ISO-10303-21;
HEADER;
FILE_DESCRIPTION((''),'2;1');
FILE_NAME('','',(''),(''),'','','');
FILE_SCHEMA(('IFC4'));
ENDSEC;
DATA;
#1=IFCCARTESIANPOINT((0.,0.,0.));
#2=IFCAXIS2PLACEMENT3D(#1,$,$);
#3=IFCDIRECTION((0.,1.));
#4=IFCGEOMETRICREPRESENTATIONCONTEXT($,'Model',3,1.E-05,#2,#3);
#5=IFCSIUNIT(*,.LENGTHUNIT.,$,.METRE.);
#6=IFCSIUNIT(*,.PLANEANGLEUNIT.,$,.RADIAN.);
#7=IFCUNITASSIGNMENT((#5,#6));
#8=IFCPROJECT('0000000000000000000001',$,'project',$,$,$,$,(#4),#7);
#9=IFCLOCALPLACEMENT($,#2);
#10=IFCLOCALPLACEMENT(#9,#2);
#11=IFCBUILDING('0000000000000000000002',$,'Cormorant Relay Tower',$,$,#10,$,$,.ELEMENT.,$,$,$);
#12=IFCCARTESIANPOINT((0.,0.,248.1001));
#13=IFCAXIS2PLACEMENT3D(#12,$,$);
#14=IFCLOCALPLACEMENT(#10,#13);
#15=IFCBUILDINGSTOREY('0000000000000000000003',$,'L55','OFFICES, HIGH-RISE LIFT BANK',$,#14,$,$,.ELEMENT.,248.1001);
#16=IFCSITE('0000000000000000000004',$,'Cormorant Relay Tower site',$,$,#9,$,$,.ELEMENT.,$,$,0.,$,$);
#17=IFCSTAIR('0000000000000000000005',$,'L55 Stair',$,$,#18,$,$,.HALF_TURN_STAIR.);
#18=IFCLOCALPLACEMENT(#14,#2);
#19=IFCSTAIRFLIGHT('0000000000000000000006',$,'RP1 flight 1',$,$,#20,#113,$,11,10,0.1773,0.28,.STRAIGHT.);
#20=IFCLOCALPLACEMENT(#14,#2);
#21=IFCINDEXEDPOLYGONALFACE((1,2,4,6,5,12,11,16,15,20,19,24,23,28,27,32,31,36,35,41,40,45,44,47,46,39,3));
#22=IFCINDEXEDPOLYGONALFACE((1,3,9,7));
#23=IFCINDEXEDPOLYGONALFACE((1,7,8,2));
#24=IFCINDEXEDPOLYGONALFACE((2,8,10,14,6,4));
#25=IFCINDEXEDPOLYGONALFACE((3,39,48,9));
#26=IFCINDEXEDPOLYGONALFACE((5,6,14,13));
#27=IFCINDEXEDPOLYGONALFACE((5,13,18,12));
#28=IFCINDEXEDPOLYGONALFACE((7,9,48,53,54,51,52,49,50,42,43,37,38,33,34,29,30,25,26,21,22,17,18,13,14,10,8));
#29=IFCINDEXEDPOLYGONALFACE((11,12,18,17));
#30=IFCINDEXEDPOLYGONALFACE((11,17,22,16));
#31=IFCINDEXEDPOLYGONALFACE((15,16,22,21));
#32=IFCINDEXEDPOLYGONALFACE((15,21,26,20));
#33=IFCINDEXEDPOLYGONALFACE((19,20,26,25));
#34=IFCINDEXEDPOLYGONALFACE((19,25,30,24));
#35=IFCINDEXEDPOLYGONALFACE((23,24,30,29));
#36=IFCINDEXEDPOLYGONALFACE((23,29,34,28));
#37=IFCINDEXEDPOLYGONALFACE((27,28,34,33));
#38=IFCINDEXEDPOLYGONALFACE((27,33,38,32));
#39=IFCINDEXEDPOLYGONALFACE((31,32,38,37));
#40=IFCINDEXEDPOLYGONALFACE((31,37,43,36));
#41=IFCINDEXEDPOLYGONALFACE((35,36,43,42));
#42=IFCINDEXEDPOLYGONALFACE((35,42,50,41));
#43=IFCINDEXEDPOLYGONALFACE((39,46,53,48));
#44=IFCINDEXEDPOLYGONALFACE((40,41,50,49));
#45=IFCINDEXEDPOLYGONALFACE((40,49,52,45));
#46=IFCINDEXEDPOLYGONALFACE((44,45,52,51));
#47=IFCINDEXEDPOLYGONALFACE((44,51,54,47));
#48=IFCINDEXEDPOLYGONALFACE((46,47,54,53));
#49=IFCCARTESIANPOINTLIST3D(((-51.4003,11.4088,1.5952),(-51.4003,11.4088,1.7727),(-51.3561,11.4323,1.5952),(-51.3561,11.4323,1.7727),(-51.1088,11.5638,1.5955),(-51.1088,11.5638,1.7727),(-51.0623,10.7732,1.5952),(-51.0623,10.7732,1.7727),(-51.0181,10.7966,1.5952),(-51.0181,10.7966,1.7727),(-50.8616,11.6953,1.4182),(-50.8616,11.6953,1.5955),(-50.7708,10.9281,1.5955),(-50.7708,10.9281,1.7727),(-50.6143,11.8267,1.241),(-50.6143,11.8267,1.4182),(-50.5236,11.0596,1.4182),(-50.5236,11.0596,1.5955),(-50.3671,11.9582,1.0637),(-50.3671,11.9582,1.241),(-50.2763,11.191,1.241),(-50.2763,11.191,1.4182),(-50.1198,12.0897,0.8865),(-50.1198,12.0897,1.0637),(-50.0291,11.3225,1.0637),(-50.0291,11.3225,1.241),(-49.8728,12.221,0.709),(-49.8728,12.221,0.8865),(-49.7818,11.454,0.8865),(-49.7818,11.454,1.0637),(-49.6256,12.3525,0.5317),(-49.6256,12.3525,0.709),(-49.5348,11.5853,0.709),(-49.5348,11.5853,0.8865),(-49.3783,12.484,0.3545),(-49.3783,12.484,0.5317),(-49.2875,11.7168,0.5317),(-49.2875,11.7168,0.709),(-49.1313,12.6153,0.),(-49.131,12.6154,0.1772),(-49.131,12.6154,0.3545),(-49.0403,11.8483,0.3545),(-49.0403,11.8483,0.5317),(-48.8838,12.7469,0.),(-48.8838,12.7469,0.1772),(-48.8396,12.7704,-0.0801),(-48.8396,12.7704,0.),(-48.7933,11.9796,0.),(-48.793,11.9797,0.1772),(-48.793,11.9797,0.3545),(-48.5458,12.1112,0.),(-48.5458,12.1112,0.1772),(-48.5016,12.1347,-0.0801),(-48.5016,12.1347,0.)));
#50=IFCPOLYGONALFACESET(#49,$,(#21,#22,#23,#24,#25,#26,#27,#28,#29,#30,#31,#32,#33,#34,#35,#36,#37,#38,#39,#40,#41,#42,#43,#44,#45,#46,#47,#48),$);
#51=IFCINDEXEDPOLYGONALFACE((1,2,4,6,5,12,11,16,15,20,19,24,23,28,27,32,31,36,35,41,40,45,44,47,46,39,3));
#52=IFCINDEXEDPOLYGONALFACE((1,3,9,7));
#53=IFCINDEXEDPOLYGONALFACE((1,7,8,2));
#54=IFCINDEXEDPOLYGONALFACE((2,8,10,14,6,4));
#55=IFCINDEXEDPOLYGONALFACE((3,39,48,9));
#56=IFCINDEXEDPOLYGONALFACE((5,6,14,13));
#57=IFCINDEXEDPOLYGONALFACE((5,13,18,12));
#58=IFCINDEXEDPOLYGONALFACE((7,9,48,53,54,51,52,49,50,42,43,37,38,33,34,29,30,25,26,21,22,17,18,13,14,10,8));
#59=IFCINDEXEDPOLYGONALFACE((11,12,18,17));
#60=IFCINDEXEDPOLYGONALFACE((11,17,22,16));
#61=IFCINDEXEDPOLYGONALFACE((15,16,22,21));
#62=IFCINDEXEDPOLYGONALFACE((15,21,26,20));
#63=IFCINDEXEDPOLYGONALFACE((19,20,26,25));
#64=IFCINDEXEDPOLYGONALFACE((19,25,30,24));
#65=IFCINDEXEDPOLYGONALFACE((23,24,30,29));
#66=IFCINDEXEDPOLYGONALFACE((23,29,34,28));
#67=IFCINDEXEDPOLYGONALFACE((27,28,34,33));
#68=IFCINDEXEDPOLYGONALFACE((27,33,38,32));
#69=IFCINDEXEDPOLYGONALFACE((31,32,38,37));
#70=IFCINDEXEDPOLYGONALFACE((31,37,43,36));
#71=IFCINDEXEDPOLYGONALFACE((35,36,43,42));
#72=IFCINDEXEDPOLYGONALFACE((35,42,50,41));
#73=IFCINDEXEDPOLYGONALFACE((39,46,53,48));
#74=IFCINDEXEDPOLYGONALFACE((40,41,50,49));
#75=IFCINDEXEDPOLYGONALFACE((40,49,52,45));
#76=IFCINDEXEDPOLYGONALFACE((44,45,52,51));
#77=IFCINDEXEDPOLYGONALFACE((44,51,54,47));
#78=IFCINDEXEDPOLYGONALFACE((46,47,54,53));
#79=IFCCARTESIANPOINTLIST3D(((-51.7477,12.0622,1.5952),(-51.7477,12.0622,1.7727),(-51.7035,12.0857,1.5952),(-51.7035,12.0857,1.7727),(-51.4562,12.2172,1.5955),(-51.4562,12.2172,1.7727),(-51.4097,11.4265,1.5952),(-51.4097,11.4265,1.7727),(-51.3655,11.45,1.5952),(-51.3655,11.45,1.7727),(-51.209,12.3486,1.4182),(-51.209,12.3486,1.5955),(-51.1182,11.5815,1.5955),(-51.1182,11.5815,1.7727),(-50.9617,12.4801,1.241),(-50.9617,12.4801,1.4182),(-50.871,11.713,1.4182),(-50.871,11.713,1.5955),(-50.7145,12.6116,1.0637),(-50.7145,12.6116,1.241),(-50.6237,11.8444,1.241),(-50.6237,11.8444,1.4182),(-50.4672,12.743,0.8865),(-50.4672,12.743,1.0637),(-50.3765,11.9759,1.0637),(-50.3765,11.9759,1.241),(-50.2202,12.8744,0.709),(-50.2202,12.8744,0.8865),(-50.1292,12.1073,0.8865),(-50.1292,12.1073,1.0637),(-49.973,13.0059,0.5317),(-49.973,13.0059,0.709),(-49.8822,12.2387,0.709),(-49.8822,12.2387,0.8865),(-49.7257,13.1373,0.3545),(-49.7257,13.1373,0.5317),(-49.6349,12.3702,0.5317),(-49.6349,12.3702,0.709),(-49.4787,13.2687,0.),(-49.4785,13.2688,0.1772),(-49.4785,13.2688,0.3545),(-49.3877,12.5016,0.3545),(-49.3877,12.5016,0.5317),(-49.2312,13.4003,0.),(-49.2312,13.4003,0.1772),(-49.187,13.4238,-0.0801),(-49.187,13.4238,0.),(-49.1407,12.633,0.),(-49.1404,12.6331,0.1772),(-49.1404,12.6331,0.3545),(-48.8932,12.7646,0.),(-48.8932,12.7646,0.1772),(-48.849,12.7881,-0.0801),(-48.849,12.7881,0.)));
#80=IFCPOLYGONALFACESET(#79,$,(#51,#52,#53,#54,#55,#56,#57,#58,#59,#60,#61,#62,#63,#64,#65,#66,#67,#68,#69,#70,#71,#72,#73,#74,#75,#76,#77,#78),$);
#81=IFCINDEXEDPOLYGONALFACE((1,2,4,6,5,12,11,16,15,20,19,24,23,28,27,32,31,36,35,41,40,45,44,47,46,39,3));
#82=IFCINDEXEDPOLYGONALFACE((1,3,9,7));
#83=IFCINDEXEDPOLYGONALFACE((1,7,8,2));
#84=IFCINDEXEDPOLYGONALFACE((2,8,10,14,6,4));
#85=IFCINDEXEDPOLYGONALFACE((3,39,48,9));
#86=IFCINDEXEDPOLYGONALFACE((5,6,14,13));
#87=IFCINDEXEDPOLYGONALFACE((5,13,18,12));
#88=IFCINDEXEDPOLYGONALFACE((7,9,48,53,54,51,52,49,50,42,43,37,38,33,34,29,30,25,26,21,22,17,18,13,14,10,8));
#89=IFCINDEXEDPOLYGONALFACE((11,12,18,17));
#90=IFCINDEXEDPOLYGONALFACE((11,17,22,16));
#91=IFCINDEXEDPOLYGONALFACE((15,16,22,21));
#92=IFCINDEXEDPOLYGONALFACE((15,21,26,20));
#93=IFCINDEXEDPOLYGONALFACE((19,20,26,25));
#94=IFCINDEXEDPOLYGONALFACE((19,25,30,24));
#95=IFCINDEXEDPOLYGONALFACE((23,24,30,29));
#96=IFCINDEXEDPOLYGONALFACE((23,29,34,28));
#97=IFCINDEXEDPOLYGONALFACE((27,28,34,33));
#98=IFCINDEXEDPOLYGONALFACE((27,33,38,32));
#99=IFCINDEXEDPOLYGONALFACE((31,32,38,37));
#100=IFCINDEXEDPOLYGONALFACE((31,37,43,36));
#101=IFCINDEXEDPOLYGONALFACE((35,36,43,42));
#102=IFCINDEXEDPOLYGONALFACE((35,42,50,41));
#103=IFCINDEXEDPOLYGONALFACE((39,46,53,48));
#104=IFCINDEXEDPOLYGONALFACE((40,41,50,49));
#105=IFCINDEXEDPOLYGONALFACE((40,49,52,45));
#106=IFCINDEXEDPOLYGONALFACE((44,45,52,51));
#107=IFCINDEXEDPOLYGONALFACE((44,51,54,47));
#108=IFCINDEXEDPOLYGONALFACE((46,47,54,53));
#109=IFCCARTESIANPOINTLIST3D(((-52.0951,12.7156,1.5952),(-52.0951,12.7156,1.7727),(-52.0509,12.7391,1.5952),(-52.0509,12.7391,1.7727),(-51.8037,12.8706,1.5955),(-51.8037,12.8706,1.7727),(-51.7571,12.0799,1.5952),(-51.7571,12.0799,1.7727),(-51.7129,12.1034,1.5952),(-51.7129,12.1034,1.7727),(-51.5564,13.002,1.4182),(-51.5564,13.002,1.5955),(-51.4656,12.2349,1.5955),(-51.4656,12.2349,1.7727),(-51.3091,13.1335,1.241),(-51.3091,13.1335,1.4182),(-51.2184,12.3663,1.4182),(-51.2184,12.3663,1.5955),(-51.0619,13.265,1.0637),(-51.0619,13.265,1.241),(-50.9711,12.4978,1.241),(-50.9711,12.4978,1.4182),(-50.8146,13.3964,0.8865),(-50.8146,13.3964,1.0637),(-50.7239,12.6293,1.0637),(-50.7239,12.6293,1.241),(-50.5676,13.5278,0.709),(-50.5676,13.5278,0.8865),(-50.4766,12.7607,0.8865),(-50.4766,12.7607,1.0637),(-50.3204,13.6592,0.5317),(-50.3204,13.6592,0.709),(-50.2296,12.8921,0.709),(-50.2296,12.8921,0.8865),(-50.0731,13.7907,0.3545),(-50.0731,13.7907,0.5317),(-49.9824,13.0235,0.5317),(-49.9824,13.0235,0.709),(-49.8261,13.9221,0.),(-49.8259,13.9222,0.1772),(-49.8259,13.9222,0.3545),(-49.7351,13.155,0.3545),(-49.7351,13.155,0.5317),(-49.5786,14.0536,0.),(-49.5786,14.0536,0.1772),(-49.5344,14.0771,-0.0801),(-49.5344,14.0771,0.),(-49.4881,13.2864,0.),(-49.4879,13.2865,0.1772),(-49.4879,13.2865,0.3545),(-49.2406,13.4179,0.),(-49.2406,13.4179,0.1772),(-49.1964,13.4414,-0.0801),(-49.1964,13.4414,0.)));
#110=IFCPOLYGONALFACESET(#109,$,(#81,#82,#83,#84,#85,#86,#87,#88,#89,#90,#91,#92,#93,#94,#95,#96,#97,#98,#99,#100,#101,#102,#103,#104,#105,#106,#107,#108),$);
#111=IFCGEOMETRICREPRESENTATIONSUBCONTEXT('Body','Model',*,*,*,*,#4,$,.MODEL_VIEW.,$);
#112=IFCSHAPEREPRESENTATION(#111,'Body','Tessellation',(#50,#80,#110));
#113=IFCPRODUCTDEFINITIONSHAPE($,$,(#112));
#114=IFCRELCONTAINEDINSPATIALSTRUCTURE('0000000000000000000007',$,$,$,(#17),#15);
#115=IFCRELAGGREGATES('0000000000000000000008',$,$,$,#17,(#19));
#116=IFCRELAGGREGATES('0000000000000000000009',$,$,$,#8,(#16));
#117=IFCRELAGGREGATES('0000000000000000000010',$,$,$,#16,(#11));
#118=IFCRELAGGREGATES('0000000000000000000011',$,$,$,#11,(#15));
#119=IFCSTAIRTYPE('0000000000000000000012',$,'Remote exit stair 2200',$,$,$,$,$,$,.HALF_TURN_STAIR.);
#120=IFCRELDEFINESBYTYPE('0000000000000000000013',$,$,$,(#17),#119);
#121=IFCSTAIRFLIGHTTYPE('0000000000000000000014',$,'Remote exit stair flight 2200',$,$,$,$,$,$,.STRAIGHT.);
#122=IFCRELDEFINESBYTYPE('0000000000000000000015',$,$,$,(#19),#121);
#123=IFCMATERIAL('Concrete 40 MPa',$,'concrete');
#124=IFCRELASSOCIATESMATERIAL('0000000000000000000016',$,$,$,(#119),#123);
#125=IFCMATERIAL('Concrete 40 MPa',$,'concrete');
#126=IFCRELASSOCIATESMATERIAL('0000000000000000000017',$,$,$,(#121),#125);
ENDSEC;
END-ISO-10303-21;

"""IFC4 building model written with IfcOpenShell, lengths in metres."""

from ifc_helpers import new_model, si_unit, direction, frame, origin, place, context, subcontext, project, spatial, polyline, outline, extrude, material, type_object, element, aggregate, save


model = new_model("IFC4")

# Units and contexts
model_context = context("Model", 3, precision=1e-05, world=origin(), true_north=direction((0.0, 1.0)))
body_context = subcontext(model_context, "Body", "Model", "MODEL_VIEW")
ifc_project = project(units=[si_unit("LENGTHUNIT", "METRE"), si_unit("PLANEANGLEUNIT", "RADIAN")], contexts=[model_context])

# Site, building, storey
site_placement = place(None, origin())
site = spatial("IfcSite", under=ifc_project, at=site_placement, Name="Cormorant Relay Tower site", CompositionType="ELEMENT", RefElevation=0.0)
building_placement = place(site_placement, origin())
building = spatial("IfcBuilding", under=site, at=building_placement, Name="Cormorant Relay Tower", CompositionType="ELEMENT")
storey_placement = place(building_placement, frame((0.0, 0.0, 248.1001)))
storey = spatial("IfcBuildingStorey", under=building, at=storey_placement, Name="L55", Description="OFFICES, HIGH-RISE LIFT BANK", CompositionType="ELEMENT", Elevation=248.1001)

# Stair, stair flight
ifc_material_1 = material(Name="Concrete 40 MPa", Category="concrete")
stair_type = type_object("IfcStairType", Name="Remote exit stair 2200", PredefinedType="HALF_TURN_STAIR", material=ifc_material_1)
stair_placement = place(storey_placement, origin())
stair = element("IfcStair", 1, at=stair_placement, inside=storey, type_object=stair_type, Name="L55 Stair", PredefinedType="HALF_TURN_STAIR")
ifc_material_2 = material(Name="Concrete 40 MPa", Category="concrete")
stair_flight_type = type_object("IfcStairFlightType", Name="Remote exit stair flight 2200", PredefinedType="STRAIGHT", material=ifc_material_2)
stair_flight_1_placement = place(storey_placement, frame((-49.0623, 13.0825, 0.0), z_axis=(0.0, 0.0, 1.0), x_axis=(-0.882948, -0.469472, 0.0)))
stair_flight_1 = element("IfcStairFlight", 2, at=stair_flight_1_placement, type_object=stair_flight_type, Name="RP1 flight 1", NumberOfRisers=11, NumberOfTreads=10, PredefinedType="STRAIGHT", RiserHeight=0.1773, TreadLength=0.28, context=body_context, shape_type="SweptSolid", body=[
    extrude(outline(polyline([(-0.05, -0.0801), (-0.05, 0.0), (0.0, 0.0), (0.0, 0.1772), (0.28, 0.1772), (0.28, 0.3545), (0.5601, 0.3545), (0.5601, 0.5317), (0.8401, 0.5317), (0.8401, 0.709), (1.1201, 0.709), (1.1201, 0.8865), (1.3999, 0.8865), (1.3999, 1.0637), (1.6799, 1.0637), (1.6799, 1.241), (1.96, 1.241), (1.96, 1.4182), (2.24, 1.4182), (2.24, 1.5955), (2.52, 1.5955), (2.52, 1.7727), (2.8, 1.7727), (2.8501, 1.7727), (2.8501, 1.5952), (2.8, 1.5952), (0.2803, 0.0), (-0.05, -0.0801)])), frame((0.0, 1.1001, 0.0), z_axis=(0.0, -1.0, 0.0), x_axis=(1.0, 0.0, 0.0)), (0.0, 0.0, 1.0), 0.72),
    extrude(outline(polyline([(-0.05, -0.0801), (-0.05, 0.0), (0.0, 0.0), (0.0, 0.1772), (0.28, 0.1772), (0.28, 0.3545), (0.5601, 0.3545), (0.5601, 0.5317), (0.8401, 0.5317), (0.8401, 0.709), (1.1201, 0.709), (1.1201, 0.8865), (1.3999, 0.8865), (1.3999, 1.0637), (1.6799, 1.0637), (1.6799, 1.241), (1.96, 1.241), (1.96, 1.4182), (2.24, 1.4182), (2.24, 1.5955), (2.52, 1.5955), (2.52, 1.7727), (2.8, 1.7727), (2.8501, 1.7727), (2.8501, 1.5952), (2.8, 1.5952), (0.2803, 0.0), (-0.05, -0.0801)])), frame((0.0, 0.3601, 0.0), z_axis=(0.0, -1.0, 0.0), x_axis=(1.0, 0.0, 0.0)), (0.0, 0.0, 1.0), 0.72),
    extrude(outline(polyline([(-0.05, -0.0801), (-0.05, 0.0), (0.0, 0.0), (0.0, 0.1772), (0.28, 0.1772), (0.28, 0.3545), (0.5601, 0.3545), (0.5601, 0.5317), (0.8401, 0.5317), (0.8401, 0.709), (1.1201, 0.709), (1.1201, 0.8865), (1.3999, 0.8865), (1.3999, 1.0637), (1.6799, 1.0637), (1.6799, 1.241), (1.96, 1.241), (1.96, 1.4182), (2.24, 1.4182), (2.24, 1.5955), (2.52, 1.5955), (2.52, 1.7727), (2.8, 1.7727), (2.8501, 1.7727), (2.8501, 1.5952), (2.8, 1.5952), (0.2803, 0.0), (-0.05, -0.0801)])), frame((0.0, -0.3799, 0.0), z_axis=(0.0, -1.0, 0.0), x_axis=(1.0, 0.0, 0.0)), (0.0, 0.0, 1.0), 0.72),
])
aggregate(stair, [stair_flight_1])

save(model, "model.ifc")
